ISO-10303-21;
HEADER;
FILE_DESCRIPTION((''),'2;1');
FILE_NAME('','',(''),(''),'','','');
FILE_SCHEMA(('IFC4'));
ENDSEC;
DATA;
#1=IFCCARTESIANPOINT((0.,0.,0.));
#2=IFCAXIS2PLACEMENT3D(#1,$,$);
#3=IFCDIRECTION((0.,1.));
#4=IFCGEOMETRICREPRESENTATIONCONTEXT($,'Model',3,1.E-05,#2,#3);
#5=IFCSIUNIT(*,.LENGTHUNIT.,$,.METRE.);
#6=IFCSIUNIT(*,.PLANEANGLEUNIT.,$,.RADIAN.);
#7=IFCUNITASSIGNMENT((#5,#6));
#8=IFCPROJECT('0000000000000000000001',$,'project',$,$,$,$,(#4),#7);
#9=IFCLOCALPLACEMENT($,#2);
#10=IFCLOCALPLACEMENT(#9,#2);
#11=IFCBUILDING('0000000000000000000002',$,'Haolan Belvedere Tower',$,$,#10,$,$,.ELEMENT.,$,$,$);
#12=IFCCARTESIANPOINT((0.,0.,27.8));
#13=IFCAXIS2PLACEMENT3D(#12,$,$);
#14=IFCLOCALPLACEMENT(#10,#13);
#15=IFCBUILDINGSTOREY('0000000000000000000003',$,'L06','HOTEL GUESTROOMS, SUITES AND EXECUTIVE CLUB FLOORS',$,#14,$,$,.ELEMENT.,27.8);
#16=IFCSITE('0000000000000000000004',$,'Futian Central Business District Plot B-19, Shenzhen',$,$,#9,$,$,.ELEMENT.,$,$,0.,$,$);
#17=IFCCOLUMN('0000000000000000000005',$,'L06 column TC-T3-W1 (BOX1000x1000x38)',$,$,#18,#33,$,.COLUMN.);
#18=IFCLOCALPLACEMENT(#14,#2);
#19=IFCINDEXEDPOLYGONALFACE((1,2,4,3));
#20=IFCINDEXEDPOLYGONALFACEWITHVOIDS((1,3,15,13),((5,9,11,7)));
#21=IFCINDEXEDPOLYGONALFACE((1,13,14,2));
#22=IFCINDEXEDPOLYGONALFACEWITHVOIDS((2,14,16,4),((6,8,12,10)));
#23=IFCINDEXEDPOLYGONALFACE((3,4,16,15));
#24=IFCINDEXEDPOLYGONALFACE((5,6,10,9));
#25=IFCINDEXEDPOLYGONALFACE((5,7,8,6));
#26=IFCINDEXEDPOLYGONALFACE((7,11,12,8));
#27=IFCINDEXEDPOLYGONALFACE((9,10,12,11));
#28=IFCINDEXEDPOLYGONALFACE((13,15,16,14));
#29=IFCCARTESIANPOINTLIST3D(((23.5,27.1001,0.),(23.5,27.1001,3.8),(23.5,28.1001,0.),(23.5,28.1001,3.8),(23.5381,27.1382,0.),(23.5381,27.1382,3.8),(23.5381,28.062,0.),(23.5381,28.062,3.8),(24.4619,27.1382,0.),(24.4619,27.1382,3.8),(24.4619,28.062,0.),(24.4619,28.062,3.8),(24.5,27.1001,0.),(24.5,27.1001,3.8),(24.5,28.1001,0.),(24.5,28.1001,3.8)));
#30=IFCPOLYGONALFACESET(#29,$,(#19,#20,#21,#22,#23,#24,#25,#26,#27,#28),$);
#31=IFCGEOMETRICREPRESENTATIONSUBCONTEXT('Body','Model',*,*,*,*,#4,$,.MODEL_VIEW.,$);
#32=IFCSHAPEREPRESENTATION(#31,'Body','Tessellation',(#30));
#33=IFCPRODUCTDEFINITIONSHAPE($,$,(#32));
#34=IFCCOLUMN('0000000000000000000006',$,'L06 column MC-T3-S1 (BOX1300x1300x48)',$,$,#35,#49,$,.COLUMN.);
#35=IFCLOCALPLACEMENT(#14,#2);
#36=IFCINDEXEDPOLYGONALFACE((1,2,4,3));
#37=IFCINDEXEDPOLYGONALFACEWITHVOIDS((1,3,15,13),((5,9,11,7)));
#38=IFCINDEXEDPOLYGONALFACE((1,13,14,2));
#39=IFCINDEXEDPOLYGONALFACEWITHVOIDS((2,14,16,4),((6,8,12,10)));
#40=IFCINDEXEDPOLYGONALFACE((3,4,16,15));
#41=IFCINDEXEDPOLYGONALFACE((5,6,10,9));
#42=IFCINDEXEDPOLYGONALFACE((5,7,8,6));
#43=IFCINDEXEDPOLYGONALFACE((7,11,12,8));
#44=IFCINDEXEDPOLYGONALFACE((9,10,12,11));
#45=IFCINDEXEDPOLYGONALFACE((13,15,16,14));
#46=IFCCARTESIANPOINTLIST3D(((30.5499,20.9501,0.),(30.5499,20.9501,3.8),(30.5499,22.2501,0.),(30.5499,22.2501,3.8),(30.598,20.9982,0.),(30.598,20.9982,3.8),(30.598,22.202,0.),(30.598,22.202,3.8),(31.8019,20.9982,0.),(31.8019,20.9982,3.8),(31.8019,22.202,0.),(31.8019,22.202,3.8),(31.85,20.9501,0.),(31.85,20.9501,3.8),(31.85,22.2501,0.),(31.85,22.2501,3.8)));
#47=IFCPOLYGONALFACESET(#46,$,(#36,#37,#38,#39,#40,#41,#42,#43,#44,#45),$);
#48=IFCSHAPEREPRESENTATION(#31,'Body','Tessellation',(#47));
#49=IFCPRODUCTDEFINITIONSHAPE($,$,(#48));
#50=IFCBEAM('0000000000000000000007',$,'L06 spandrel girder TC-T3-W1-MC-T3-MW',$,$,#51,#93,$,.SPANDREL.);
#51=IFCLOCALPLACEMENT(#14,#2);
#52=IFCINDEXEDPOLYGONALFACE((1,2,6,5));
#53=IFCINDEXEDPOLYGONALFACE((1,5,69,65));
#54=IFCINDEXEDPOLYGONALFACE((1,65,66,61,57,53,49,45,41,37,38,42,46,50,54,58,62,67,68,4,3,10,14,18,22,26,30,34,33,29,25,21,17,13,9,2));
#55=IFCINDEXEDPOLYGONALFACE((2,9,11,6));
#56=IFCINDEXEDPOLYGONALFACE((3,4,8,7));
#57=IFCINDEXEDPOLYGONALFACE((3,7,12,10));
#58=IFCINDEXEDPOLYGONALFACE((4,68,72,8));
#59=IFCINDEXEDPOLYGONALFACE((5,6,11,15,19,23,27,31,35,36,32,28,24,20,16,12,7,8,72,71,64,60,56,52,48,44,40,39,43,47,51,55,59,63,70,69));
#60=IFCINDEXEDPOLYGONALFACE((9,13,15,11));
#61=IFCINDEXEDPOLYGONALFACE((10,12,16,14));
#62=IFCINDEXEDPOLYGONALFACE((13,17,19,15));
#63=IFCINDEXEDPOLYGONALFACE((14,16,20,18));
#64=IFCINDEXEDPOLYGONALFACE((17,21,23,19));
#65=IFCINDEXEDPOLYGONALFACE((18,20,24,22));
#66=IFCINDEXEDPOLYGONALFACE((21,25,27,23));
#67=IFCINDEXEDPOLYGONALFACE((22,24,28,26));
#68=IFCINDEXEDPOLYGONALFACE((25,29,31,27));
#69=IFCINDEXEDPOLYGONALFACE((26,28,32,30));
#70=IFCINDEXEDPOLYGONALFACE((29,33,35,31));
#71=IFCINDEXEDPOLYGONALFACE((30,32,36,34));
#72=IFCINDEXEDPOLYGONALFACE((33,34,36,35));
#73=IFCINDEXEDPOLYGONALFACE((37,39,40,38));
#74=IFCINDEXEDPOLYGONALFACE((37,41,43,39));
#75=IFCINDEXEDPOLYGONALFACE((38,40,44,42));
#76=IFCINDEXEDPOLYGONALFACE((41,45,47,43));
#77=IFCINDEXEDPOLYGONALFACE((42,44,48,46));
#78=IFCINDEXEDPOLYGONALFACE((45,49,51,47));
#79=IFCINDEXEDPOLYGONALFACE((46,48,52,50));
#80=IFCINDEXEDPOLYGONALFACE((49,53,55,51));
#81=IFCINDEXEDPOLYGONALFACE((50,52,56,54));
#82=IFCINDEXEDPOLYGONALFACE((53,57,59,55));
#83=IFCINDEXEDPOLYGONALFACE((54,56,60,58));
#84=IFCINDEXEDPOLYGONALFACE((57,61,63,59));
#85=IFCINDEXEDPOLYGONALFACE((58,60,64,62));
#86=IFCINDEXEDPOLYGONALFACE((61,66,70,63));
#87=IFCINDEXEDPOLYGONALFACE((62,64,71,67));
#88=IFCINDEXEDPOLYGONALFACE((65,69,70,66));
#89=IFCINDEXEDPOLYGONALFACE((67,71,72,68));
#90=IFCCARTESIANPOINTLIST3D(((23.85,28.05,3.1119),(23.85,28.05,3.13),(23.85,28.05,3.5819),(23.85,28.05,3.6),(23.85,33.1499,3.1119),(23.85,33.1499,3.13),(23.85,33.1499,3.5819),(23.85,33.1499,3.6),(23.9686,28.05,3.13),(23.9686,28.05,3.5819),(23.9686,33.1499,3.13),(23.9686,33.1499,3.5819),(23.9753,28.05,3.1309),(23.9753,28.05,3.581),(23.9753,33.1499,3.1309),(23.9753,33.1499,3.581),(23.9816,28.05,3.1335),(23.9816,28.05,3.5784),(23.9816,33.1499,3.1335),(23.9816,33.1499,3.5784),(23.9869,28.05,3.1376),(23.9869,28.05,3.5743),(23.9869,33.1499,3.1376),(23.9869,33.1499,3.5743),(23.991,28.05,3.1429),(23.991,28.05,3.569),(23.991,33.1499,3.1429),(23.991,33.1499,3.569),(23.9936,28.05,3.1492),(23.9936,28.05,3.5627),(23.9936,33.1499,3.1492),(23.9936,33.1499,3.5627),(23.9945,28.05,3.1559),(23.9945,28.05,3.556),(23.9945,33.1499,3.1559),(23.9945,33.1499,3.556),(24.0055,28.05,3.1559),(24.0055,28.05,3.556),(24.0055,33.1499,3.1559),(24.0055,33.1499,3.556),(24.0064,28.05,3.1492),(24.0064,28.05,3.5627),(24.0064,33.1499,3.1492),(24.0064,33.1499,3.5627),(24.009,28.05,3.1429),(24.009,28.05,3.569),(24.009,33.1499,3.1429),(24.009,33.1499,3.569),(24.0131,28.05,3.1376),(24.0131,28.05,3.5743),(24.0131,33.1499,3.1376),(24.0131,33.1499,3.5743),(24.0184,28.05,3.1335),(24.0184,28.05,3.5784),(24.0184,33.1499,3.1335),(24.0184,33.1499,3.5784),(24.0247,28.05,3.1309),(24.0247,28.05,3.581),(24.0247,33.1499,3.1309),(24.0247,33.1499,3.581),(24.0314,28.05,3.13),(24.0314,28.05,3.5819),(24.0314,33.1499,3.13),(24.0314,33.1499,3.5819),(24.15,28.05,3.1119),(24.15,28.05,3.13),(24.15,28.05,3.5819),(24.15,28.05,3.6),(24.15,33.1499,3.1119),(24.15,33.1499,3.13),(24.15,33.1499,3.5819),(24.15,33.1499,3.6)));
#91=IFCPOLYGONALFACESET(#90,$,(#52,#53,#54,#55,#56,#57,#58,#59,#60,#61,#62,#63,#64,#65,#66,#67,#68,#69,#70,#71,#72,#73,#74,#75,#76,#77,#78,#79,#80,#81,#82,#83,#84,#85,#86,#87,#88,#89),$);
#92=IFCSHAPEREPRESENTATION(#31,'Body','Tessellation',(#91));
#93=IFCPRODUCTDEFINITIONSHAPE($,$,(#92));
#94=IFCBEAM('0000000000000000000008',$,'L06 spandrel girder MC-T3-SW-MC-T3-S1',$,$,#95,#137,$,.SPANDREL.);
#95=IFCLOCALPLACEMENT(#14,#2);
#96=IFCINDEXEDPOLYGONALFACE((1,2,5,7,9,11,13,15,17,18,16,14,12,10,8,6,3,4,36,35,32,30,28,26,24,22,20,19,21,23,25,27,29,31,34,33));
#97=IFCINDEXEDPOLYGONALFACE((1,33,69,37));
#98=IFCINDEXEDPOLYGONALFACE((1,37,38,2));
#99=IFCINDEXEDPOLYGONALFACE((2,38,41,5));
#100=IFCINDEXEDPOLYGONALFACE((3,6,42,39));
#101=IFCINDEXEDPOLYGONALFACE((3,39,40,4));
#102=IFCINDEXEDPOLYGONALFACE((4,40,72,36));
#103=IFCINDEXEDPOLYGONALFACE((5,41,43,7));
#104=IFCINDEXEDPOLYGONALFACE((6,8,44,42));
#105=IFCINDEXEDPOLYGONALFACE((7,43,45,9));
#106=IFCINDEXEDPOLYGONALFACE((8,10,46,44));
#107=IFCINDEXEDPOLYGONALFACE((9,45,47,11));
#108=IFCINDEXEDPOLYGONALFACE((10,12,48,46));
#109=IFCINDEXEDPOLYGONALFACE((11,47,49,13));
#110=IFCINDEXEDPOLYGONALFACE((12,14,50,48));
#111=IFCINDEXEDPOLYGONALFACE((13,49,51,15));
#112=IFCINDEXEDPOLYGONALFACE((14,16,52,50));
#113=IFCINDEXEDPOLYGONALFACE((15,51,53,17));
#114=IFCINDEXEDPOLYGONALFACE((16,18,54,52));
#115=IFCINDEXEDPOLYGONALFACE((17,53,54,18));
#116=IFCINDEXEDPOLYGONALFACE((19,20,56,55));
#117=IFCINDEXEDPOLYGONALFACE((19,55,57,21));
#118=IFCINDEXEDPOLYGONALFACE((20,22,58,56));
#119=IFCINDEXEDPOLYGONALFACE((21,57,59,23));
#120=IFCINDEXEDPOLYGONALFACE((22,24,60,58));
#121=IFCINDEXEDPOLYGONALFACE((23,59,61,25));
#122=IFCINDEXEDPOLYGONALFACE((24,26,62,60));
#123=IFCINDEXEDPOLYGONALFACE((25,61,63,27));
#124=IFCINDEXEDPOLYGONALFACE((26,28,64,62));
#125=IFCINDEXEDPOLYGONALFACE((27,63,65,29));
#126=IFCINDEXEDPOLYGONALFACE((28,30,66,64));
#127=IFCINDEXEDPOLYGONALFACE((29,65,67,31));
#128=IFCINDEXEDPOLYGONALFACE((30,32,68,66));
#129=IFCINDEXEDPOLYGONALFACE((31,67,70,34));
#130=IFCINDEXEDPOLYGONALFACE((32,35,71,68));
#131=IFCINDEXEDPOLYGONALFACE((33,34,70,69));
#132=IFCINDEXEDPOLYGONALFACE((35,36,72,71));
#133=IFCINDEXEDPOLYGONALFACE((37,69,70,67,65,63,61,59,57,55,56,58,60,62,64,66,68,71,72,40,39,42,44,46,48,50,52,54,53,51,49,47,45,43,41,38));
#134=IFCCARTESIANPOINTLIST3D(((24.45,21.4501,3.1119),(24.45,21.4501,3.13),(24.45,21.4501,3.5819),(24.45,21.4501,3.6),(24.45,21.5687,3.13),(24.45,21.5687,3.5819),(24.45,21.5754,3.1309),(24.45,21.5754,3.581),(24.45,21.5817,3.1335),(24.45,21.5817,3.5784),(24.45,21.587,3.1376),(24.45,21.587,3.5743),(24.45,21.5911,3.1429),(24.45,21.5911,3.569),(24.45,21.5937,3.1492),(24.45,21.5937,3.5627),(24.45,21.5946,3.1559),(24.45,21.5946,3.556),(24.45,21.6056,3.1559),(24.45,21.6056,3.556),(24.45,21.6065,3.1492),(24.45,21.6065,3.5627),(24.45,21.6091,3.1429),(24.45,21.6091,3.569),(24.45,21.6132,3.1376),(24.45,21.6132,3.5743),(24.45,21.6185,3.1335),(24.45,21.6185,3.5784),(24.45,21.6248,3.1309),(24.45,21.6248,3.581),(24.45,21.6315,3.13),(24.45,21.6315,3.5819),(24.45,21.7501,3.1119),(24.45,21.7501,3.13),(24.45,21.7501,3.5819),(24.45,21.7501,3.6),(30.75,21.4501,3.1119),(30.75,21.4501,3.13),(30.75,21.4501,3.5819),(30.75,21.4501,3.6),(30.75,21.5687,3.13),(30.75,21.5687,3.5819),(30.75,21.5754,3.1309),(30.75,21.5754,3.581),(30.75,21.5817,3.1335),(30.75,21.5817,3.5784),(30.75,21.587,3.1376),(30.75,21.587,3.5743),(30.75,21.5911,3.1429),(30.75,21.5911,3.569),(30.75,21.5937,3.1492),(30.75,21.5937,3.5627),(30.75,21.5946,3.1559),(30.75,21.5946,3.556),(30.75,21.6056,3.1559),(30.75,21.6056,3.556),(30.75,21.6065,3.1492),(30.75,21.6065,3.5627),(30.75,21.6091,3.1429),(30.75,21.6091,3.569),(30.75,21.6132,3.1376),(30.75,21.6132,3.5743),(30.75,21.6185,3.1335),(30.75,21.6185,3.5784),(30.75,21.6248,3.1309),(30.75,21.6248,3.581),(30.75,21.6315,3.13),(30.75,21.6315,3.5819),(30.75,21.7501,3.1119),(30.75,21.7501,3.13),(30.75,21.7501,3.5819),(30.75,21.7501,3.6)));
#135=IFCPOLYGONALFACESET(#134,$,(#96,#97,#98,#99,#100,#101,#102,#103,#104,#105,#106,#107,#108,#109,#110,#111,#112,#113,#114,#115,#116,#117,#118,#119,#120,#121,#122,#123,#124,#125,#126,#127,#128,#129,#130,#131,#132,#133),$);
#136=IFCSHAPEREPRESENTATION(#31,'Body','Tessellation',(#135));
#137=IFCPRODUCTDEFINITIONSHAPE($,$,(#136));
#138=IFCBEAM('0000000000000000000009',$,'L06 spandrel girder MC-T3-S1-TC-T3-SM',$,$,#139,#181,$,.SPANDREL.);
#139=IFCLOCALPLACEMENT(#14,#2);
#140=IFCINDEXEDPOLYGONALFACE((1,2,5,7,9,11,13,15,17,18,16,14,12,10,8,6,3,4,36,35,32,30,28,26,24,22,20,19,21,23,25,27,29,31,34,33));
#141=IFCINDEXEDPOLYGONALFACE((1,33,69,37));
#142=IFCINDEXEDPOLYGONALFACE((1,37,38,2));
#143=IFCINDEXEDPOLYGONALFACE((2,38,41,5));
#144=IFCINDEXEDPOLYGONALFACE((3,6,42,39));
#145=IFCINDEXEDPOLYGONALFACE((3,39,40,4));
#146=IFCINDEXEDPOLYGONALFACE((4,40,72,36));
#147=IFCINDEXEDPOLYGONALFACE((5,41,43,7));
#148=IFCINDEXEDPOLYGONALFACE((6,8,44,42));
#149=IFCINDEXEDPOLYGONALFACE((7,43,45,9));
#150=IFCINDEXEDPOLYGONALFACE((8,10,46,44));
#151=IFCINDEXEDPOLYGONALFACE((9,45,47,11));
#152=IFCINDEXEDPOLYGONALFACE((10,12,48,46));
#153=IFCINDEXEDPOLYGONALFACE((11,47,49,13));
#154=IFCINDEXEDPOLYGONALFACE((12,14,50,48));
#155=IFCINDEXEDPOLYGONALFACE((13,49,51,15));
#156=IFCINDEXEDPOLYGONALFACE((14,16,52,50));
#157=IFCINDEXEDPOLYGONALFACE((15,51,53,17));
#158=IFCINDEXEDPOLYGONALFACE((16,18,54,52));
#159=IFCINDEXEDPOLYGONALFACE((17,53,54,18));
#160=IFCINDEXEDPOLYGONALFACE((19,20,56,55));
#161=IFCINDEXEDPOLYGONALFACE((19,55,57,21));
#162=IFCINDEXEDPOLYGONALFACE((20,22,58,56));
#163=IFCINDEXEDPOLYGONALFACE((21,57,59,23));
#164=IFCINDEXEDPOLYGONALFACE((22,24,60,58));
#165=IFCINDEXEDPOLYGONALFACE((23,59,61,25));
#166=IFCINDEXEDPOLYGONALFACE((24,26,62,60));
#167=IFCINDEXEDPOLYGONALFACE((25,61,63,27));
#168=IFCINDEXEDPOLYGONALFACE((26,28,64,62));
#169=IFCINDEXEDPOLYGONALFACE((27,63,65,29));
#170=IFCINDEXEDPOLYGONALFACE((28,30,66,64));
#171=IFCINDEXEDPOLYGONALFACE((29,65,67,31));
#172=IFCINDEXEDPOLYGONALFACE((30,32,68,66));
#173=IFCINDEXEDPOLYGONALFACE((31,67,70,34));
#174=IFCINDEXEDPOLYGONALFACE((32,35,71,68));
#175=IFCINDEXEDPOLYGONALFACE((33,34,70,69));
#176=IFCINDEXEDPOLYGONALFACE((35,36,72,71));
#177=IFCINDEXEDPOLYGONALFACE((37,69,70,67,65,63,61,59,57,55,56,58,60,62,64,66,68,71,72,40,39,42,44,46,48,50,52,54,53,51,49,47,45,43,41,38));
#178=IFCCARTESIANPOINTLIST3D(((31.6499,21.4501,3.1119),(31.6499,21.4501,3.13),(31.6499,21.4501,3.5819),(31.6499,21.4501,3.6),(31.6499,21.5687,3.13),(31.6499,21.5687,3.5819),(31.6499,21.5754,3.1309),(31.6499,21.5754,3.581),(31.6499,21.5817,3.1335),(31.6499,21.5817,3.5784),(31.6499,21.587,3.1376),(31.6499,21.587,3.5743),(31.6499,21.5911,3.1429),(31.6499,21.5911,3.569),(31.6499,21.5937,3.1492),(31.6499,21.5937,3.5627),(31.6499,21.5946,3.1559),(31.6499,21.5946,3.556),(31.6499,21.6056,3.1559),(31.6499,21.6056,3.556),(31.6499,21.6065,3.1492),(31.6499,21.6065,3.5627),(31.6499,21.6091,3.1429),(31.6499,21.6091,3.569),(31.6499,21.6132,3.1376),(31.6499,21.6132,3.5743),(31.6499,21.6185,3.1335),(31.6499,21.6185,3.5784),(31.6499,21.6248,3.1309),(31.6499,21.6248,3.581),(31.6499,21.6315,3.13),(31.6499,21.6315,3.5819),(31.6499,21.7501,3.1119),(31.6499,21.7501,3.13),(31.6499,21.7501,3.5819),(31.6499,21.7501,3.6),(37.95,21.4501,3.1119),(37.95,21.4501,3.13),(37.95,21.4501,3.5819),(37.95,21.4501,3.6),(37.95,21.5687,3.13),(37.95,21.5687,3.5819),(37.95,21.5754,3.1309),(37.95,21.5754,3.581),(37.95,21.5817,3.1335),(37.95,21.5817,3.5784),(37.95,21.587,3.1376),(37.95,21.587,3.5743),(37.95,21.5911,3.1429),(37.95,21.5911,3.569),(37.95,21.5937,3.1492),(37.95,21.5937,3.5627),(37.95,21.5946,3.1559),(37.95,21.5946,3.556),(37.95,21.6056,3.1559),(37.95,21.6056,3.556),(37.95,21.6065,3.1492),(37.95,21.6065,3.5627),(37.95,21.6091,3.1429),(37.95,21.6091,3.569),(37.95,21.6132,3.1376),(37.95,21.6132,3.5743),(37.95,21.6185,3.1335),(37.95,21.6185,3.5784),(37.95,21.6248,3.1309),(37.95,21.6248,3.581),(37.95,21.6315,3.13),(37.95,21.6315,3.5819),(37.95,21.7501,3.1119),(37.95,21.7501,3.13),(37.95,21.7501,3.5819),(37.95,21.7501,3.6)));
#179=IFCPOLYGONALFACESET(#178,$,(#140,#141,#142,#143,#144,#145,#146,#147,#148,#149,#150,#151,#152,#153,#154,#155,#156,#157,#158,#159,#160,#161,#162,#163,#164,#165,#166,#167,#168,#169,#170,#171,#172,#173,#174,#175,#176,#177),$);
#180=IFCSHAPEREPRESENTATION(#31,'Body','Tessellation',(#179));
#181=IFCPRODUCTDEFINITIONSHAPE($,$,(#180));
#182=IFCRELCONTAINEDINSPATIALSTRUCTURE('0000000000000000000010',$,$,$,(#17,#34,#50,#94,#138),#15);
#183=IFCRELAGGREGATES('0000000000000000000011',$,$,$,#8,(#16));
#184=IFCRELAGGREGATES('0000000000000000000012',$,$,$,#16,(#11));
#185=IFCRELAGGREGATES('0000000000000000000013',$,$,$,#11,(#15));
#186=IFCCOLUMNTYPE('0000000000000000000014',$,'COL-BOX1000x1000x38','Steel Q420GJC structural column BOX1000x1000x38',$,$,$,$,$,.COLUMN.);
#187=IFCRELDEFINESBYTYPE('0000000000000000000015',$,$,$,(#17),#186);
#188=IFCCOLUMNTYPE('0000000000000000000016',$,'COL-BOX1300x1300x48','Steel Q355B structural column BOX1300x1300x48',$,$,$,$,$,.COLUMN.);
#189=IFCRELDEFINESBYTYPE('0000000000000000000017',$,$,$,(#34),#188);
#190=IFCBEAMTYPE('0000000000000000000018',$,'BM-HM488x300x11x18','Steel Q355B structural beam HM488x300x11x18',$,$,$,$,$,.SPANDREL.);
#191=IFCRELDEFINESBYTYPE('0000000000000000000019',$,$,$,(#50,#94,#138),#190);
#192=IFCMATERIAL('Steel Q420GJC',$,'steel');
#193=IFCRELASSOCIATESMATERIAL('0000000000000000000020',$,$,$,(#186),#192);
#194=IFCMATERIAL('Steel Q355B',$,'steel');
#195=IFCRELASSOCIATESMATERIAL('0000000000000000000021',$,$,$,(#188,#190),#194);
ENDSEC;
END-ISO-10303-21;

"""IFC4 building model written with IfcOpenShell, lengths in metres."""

from ifc_helpers import new_model, si_unit, direction, frame, origin, origin_2d, place, context, subcontext, project, spatial, hollow_rectangle, i_section, extrude, material, material_profile, profile_set, type_object, element, save


model = new_model("IFC4")

# Units and contexts
model_context = context("Model", 3, precision=1e-05, world=origin(), true_north=direction((0.0, 1.0)))
body_context = subcontext(model_context, "Body", "Model", "MODEL_VIEW")
ifc_project = project(units=[si_unit("LENGTHUNIT", "METRE"), si_unit("PLANEANGLEUNIT", "RADIAN")], contexts=[model_context])

# Site, building, storey
site_placement = place(None, origin())
site = spatial("IfcSite", under=ifc_project, at=site_placement, Name="Futian Central Business District Plot B-19, Shenzhen", CompositionType="ELEMENT", RefElevation=0.0)
building_placement = place(site_placement, origin())
building = spatial("IfcBuilding", under=site, at=building_placement, Name="Haolan Belvedere Tower", CompositionType="ELEMENT")
storey_placement = place(building_placement, frame((0.0, 0.0, 27.8)))
storey = spatial("IfcBuildingStorey", under=building, at=storey_placement, Name="L06", Description="HOTEL GUESTROOMS, SUITES AND EXECUTIVE CLUB FLOORS", CompositionType="ELEMENT", Elevation=27.8)

# Columns
ifc_material_1 = material(Name="Steel Q420GJC", Category="steel")
ifc_material_profile_1 = material_profile(ifc_material_1, hollow_rectangle(XDim=1.0, YDim=1.0, WallThickness=0.0381, at=origin_2d()), Name="Steel Q420GJC")
ifc_profile_set_1 = profile_set([ifc_material_profile_1], Name="Steel Q420GJC")
column_type_1 = type_object("IfcColumnType", Name="COL-BOX1000x1000x38", Description="Steel Q420GJC structural column BOX1000x1000x38", PredefinedType="COLUMN", material=ifc_profile_set_1)
column_1_placement = place(storey_placement, frame((24.0, 27.6001, 0.0), z_axis=(0.0, 0.0, 1.0), x_axis=(1.0, 0.0, 0.0)))
element("IfcColumn", 1, at=column_1_placement, inside=storey, type_object=column_type_1, Name="L06 column TC-T3-W1 (BOX1000x1000x38)", PredefinedType="COLUMN", context=body_context, shape_type="SweptSolid", body=[
    extrude(hollow_rectangle(XDim=1.0, YDim=1.0, WallThickness=0.0381, at=origin_2d()), origin(), (0.0, 0.0, 1.0), 3.8),
])
ifc_material_2 = material(Name="Steel Q355B", Category="steel")
ifc_material_profile_2 = material_profile(ifc_material_2, hollow_rectangle(XDim=1.3, YDim=1.3, WallThickness=0.0481, at=origin_2d()), Name="Steel Q355B")
ifc_profile_set_2 = profile_set([ifc_material_profile_2], Name="Steel Q355B")
column_type_2 = type_object("IfcColumnType", Name="COL-BOX1300x1300x48", Description="Steel Q355B structural column BOX1300x1300x48", PredefinedType="COLUMN", material=ifc_profile_set_2)
column_2_placement = place(storey_placement, frame((31.2, 21.6001, 0.0), z_axis=(0.0, 0.0, 1.0), x_axis=(1.0, 0.0, 0.0)))
element("IfcColumn", 2, at=column_2_placement, inside=storey, type_object=column_type_2, Name="L06 column MC-T3-S1 (BOX1300x1300x48)", PredefinedType="COLUMN", context=body_context, shape_type="SweptSolid", body=[
    extrude(hollow_rectangle(XDim=1.3, YDim=1.3, WallThickness=0.0481, at=origin_2d()), origin(), (0.0, 0.0, 1.0), 3.8),
])

# Beams
ifc_material_profile_3 = material_profile(ifc_material_2, i_section(OverallWidth=0.3, OverallDepth=0.488, WebThickness=0.011, FlangeThickness=0.0181, FilletRadius=0.0259, at=origin_2d()), Name="Steel Q355B")
ifc_profile_set_3 = profile_set([ifc_material_profile_3], Name="Steel Q355B")
beam_type_1 = type_object("IfcBeamType", Name="BM-HM488x300x11x18", Description="Steel Q355B structural beam HM488x300x11x18", PredefinedType="SPANDREL", material=ifc_profile_set_3)
beam_1_placement = place(storey_placement, frame((24.0, 28.05, 3.356), z_axis=(0.0, 1.0, 0.0), x_axis=(-1.0, 0.0, 0.0)))
element("IfcBeam", 3, at=beam_1_placement, inside=storey, type_object=beam_type_1, Name="L06 spandrel girder TC-T3-W1-MC-T3-MW", PredefinedType="SPANDREL", context=body_context, shape_type="SweptSolid", body=[
    extrude(i_section(OverallWidth=0.3, OverallDepth=0.488, WebThickness=0.011, FlangeThickness=0.0181, FilletRadius=0.0259, at=origin_2d()), origin(), (0.0, 0.0, 1.0), 5.0999),
])
for number, where, z_axis, x_axis, name in (
    (4, (24.45, 21.6001, 3.356), (1.0, 0.0, 0.0), (0.0, 1.0, 0.0), "L06 spandrel girder MC-T3-SW-MC-T3-S1"),
    (5, (31.6499, 21.6001, 3.356), (1.0, 0.0, 0.0), (0.0, 1.0, 0.0), "L06 spandrel girder MC-T3-S1-TC-T3-SM"),
):
    element("IfcBeam", number, at=place(storey_placement, frame(where, z_axis=z_axis, x_axis=x_axis)), inside=storey, type_object=beam_type_1, Name=name, PredefinedType="SPANDREL", context=body_context, shape_type="SweptSolid", body=[
        extrude(i_section(OverallWidth=0.3, OverallDepth=0.488, WebThickness=0.011, FlangeThickness=0.0181, FilletRadius=0.0259, at=origin_2d()), origin(), (0.0, 0.0, 1.0), 6.3),
    ])

save(model, "model.ifc")
